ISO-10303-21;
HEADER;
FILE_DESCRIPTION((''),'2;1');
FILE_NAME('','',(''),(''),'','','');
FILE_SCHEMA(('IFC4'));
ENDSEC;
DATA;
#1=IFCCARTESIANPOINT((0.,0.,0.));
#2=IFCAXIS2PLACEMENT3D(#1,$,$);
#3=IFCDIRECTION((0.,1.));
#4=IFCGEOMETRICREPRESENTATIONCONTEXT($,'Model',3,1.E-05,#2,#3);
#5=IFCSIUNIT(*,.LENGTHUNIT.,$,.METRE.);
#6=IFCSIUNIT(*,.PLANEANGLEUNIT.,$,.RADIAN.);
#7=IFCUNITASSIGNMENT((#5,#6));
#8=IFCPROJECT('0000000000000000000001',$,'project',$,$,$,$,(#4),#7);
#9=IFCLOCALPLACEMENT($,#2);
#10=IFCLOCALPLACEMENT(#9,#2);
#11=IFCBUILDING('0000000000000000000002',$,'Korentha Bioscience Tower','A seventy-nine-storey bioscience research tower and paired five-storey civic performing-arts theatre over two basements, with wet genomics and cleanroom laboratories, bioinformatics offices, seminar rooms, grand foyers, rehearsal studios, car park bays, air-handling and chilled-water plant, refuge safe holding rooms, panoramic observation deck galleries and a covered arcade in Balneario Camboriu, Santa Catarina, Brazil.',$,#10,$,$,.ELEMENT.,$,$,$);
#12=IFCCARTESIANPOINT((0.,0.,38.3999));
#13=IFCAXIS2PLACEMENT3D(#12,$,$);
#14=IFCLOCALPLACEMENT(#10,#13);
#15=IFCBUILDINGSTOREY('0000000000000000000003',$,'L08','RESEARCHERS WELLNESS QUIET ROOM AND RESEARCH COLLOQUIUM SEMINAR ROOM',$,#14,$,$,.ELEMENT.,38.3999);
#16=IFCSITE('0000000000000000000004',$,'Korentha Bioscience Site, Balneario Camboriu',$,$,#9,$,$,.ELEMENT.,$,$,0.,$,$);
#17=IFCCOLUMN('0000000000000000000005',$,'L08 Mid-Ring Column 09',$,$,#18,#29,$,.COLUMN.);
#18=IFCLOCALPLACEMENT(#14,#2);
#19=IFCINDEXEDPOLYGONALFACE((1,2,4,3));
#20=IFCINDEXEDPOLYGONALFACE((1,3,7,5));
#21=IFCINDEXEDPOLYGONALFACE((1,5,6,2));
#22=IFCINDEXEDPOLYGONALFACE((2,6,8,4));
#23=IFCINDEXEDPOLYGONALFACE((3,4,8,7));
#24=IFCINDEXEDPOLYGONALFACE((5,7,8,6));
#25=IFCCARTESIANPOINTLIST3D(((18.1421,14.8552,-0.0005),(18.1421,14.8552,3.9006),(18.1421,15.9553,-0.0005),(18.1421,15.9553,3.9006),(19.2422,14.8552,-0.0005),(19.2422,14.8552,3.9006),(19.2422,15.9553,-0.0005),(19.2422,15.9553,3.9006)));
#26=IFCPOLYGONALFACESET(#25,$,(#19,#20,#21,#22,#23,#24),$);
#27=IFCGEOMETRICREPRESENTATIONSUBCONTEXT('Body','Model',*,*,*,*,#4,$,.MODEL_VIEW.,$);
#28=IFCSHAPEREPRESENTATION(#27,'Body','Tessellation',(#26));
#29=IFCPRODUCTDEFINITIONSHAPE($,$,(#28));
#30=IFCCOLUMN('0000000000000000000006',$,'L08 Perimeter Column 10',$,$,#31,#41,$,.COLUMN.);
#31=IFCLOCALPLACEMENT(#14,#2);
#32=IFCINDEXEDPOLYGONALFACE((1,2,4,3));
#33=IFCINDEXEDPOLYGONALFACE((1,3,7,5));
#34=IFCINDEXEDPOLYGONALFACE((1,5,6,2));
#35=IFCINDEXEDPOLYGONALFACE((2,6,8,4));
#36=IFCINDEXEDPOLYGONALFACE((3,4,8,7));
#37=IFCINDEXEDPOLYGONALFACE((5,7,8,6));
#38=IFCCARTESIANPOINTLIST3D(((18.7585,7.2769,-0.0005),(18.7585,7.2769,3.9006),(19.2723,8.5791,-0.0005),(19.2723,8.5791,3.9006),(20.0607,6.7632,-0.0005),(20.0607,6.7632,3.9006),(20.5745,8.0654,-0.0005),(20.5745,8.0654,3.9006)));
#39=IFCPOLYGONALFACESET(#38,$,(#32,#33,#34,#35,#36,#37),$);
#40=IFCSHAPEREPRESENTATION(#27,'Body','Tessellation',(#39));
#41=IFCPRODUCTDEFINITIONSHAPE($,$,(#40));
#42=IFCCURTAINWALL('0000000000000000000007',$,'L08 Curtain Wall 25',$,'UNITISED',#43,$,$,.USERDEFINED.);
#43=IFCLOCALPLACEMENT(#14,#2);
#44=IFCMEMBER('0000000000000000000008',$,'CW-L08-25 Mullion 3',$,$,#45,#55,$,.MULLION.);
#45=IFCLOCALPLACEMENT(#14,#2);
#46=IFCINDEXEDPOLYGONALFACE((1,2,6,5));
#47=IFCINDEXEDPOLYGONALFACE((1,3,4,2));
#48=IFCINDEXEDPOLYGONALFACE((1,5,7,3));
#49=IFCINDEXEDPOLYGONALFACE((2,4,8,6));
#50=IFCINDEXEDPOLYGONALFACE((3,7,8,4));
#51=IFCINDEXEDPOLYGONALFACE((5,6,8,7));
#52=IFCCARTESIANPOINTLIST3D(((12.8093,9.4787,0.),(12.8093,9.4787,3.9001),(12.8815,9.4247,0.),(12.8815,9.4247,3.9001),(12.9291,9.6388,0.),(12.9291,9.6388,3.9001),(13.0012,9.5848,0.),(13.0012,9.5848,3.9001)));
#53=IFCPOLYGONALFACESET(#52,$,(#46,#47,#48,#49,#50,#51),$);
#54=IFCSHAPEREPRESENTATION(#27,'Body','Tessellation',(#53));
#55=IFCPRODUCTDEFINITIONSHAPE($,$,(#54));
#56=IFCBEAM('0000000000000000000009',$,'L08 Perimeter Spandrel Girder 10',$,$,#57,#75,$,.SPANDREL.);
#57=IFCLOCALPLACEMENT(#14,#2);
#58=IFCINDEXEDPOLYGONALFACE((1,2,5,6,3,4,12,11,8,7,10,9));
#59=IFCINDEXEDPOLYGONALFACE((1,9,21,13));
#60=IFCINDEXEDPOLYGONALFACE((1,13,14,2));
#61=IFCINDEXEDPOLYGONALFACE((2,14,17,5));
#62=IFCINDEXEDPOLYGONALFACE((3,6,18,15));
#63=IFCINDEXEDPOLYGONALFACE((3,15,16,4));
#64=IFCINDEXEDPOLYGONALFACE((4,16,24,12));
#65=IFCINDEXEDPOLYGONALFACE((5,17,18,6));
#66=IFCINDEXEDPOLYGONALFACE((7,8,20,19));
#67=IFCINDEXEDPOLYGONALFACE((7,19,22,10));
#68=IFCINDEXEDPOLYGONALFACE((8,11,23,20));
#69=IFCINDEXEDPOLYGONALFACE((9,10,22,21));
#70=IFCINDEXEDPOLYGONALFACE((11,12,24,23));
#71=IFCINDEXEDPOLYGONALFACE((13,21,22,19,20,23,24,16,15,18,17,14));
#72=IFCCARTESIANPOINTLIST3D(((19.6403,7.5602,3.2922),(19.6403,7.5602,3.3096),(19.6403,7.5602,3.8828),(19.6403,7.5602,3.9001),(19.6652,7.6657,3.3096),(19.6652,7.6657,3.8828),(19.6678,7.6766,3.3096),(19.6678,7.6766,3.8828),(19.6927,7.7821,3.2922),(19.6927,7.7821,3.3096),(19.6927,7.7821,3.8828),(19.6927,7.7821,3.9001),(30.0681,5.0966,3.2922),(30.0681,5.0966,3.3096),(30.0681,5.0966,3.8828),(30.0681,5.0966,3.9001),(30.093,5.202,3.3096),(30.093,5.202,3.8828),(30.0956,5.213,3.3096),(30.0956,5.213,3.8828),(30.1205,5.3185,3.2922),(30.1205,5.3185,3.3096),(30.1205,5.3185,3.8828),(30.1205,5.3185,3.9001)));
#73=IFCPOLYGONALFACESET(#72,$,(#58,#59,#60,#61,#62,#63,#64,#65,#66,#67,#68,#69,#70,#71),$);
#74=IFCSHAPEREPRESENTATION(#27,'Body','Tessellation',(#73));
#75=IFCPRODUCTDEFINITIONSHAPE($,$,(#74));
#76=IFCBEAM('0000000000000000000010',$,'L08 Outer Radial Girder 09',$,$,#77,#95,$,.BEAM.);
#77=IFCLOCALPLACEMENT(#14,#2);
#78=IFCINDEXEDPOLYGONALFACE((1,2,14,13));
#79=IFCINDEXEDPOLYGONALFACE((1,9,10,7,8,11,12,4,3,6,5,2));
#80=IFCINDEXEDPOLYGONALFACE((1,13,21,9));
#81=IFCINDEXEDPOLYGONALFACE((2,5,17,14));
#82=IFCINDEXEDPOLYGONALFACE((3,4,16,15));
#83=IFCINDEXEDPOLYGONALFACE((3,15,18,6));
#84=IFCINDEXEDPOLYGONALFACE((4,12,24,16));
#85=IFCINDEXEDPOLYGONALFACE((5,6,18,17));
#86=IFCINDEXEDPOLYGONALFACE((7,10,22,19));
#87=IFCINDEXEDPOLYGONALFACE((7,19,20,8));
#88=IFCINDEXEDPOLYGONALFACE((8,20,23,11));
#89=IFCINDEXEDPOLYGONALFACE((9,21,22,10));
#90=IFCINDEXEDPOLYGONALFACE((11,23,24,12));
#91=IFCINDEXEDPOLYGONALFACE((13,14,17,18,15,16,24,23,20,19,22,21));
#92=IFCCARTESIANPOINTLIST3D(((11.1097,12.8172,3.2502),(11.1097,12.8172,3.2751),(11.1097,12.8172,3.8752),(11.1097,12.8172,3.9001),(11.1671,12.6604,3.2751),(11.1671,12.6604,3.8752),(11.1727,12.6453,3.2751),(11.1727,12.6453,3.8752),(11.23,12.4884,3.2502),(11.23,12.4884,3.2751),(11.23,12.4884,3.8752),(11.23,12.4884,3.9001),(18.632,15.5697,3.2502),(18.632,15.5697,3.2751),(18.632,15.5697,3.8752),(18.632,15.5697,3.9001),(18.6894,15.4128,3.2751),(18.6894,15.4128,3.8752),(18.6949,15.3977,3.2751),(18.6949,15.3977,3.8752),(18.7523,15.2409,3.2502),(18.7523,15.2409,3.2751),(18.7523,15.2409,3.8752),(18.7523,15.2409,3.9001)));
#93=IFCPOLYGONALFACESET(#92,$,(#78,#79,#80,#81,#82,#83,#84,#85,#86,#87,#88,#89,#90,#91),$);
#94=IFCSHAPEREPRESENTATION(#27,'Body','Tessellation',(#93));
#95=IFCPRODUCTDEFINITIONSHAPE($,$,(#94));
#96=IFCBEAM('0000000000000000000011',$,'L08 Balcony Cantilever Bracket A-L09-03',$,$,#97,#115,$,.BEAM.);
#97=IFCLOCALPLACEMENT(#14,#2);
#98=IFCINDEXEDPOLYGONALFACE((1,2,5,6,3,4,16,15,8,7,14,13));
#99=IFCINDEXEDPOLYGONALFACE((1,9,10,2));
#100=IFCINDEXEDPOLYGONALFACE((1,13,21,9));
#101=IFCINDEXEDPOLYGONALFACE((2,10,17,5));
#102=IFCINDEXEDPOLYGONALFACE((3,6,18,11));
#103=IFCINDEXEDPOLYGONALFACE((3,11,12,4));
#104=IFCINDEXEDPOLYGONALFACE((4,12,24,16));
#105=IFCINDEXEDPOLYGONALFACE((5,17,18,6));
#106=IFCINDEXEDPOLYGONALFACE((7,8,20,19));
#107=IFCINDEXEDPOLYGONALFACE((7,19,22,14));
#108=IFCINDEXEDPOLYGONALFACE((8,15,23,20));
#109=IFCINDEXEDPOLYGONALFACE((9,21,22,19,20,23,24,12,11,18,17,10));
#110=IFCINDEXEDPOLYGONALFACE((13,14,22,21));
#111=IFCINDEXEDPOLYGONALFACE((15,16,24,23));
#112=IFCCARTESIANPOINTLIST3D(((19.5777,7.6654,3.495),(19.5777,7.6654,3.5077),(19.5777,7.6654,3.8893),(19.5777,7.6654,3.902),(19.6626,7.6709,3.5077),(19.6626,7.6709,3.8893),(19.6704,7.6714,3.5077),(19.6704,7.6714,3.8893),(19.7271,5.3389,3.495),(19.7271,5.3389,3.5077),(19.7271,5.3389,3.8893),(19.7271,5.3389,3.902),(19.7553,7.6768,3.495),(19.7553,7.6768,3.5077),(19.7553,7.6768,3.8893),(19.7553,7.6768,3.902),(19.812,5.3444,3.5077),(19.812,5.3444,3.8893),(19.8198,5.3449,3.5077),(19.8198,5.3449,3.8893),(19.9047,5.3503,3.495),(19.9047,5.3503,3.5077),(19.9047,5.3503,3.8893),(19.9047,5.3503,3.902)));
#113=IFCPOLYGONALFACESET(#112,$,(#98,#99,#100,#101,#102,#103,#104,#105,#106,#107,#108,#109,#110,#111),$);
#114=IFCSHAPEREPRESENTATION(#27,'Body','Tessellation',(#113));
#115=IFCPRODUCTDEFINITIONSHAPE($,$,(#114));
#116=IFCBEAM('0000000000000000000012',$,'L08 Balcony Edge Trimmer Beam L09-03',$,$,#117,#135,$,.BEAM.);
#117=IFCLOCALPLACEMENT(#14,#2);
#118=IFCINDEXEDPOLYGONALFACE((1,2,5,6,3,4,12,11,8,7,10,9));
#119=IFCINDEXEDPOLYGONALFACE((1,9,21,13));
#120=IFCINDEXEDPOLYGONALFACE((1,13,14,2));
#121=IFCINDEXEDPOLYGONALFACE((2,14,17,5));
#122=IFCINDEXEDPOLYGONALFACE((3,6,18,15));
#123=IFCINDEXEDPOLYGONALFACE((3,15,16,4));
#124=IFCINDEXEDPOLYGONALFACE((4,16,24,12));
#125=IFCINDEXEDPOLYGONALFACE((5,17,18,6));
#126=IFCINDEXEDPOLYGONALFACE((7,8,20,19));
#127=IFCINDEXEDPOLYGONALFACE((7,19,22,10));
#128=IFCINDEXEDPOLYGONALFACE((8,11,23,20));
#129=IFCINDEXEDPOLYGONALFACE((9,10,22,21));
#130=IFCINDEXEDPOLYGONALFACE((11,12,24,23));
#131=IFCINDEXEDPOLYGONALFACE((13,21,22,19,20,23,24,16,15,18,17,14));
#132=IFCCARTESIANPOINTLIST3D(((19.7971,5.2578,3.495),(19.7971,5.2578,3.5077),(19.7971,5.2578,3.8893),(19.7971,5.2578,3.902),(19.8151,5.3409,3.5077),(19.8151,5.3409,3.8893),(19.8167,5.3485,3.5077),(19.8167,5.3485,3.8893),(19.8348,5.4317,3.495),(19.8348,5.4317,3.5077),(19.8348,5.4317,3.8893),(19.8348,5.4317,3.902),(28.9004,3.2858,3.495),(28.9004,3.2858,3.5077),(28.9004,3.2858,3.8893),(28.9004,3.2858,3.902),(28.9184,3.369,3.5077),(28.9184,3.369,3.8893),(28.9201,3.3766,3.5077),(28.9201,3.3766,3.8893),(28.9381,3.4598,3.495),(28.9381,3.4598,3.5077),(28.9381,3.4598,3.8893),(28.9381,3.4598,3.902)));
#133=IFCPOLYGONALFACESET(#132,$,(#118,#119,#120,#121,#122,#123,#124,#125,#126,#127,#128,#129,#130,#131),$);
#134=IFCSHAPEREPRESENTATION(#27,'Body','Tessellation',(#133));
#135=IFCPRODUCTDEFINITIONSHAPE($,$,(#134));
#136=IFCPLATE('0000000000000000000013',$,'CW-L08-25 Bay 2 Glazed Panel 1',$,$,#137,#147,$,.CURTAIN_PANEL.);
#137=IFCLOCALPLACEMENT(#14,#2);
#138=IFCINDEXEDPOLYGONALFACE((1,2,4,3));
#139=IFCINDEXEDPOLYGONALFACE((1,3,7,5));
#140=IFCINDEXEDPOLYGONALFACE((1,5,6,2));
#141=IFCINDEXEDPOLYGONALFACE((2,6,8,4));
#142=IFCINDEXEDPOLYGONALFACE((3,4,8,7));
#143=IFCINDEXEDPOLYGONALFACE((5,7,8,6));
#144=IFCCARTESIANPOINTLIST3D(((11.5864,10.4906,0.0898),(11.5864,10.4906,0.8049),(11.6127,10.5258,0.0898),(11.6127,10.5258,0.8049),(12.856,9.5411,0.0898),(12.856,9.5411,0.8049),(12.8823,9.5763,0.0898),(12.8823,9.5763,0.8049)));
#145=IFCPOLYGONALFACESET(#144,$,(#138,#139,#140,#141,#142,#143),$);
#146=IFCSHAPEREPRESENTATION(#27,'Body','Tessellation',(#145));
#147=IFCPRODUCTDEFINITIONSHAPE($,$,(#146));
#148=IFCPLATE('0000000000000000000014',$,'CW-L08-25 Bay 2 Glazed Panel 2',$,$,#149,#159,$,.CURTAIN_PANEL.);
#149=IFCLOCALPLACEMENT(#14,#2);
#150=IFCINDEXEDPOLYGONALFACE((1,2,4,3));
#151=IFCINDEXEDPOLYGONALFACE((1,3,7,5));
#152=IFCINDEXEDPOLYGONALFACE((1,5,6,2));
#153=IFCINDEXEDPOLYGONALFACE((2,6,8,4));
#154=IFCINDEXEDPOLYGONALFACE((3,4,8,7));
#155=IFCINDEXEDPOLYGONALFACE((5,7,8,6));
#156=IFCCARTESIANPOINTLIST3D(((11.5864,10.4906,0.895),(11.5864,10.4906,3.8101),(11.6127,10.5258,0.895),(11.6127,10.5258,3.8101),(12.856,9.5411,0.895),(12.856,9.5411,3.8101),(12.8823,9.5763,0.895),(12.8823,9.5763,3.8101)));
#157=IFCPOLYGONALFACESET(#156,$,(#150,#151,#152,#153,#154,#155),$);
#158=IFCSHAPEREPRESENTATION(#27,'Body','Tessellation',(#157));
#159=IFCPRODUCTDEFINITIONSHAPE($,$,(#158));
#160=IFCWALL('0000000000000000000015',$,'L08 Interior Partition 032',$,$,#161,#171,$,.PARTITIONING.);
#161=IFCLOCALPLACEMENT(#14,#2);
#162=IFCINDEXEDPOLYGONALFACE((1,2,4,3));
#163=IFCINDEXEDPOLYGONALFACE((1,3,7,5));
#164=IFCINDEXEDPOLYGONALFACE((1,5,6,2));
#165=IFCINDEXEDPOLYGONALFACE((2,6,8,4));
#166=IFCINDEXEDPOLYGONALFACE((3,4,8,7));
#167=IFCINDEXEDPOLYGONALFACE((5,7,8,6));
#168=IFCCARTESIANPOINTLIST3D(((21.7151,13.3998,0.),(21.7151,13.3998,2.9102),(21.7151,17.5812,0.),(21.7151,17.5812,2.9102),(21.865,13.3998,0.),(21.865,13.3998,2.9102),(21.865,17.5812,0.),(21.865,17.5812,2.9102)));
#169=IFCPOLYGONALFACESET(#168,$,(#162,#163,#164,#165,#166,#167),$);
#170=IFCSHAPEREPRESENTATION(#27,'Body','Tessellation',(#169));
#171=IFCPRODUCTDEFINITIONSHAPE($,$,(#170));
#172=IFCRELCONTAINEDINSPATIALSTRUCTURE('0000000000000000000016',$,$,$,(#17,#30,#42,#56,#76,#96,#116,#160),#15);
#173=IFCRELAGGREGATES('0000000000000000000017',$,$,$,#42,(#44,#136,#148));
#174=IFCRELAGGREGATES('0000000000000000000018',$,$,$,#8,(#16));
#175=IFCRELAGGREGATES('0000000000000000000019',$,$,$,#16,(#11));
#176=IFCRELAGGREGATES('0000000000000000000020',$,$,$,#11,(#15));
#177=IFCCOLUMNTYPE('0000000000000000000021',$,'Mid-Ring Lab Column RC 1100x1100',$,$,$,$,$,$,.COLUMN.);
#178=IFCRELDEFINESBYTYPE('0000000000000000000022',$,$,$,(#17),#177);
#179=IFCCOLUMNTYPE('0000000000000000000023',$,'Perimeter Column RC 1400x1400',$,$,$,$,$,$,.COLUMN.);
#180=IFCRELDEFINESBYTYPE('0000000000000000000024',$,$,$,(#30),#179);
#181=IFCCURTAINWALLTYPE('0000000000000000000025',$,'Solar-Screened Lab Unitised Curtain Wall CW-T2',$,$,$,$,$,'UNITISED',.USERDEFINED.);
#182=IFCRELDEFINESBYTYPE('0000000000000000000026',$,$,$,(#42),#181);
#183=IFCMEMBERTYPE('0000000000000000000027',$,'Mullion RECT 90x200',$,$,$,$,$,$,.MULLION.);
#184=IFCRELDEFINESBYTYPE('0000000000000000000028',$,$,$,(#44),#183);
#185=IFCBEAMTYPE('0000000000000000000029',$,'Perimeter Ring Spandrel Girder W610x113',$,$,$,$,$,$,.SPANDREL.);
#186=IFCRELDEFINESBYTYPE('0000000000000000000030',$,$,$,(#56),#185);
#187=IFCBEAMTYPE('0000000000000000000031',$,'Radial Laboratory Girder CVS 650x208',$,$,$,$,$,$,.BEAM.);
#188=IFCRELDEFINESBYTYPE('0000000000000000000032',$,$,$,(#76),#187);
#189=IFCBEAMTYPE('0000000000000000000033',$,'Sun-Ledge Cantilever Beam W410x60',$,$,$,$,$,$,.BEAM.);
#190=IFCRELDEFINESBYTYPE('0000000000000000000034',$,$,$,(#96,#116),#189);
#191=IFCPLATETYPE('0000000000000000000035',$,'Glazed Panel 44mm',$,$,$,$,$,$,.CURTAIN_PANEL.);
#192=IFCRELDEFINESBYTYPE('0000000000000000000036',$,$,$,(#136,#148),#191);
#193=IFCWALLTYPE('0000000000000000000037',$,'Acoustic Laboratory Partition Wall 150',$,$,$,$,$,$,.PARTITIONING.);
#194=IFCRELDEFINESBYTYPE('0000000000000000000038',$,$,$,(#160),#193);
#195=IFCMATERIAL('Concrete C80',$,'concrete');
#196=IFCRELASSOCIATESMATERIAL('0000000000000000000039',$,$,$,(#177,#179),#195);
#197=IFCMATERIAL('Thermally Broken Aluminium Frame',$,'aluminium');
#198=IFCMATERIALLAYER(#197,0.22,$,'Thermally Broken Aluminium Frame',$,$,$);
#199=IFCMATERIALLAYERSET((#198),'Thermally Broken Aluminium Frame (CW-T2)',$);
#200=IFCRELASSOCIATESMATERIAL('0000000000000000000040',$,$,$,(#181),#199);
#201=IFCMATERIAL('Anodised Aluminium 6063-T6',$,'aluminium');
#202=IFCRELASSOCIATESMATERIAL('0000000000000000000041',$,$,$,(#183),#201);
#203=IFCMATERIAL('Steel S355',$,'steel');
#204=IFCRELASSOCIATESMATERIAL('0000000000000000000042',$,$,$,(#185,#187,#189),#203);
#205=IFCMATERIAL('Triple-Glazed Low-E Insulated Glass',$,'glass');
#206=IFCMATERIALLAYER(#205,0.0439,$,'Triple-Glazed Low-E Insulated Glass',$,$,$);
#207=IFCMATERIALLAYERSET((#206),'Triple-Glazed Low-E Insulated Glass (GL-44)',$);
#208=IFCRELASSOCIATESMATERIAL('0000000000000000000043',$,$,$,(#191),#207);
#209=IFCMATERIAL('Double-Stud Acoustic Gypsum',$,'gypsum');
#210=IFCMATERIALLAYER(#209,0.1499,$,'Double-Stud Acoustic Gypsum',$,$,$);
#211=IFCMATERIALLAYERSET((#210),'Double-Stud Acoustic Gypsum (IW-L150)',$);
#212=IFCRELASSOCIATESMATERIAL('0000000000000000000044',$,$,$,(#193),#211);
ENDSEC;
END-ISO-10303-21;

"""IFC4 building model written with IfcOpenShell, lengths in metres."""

from ifc_helpers import new_model, si_unit, direction, frame, frame_2d, origin, origin_2d, place, context, subcontext, project, spatial, rectangle, i_section, extrude, material, layer, layer_set, material_profile, profile_set, type_object, element, aggregate, save


model = new_model("IFC4")

# Units and contexts
model_context = context("Model", 3, precision=1e-05, world=origin(), true_north=direction((0.0, 1.0)))
body_context = subcontext(model_context, "Body", "Model", "MODEL_VIEW")
ifc_project = project(units=[si_unit("LENGTHUNIT", "METRE"), si_unit("PLANEANGLEUNIT", "RADIAN")], contexts=[model_context])

# Site, building, storey
site_placement = place(None, origin())
site = spatial("IfcSite", under=ifc_project, at=site_placement, Name="Korentha Bioscience Site, Balneario Camboriu", CompositionType="ELEMENT", RefElevation=0.0)
building_placement = place(site_placement, origin())
building = spatial("IfcBuilding", under=site, at=building_placement, Name="Korentha Bioscience Tower", Description="A seventy-nine-storey bioscience research tower and paired five-storey civic performing-arts theatre over two basements, with wet genomics and cleanroom laboratories, bioinformatics offices, seminar rooms, grand foyers, rehearsal studios, car park bays, air-handling and chilled-water plant, refuge safe holding rooms, panoramic observation deck galleries and a covered arcade in Balneario Camboriu, Santa Catarina, Brazil.", CompositionType="ELEMENT")
storey_placement = place(building_placement, frame((0.0, 0.0, 38.3999)))
storey = spatial("IfcBuildingStorey", under=building, at=storey_placement, Name="L08", Description="RESEARCHERS WELLNESS QUIET ROOM AND RESEARCH COLLOQUIUM SEMINAR ROOM", CompositionType="ELEMENT", Elevation=38.3999)

# Columns
ifc_material_1 = material(Name="Concrete C80", Category="concrete")
ifc_material_profile_1 = material_profile(ifc_material_1, rectangle(XDim=1.1001, YDim=1.1001, at=origin_2d()), Name="Concrete C80")
ifc_profile_set_1 = profile_set([ifc_material_profile_1], Name="Concrete C80 (COL-MR11)")
column_type_1 = type_object("IfcColumnType", Name="Mid-Ring Lab Column RC 1100x1100", PredefinedType="COLUMN", material=ifc_profile_set_1)
column_1_placement = place(storey_placement, frame((18.6921, 15.4053, -0.0005), z_axis=(0.0, 0.0, 1.0), x_axis=(1.0, 0.0, 0.0)))
element("IfcColumn", 1, at=column_1_placement, inside=storey, type_object=column_type_1, Name="L08 Mid-Ring Column 09", PredefinedType="COLUMN", context=body_context, shape_type="SweptSolid", body=[
    extrude(rectangle(XDim=1.1001, YDim=1.1001, at=origin_2d()), origin(), (0.0, 0.0, 1.0), 3.9011),
])
ifc_material_profile_2 = material_profile(ifc_material_1, rectangle(XDim=1.3999, YDim=1.3999, at=origin_2d()), Name="Concrete C80")
ifc_profile_set_2 = profile_set([ifc_material_profile_2], Name="Concrete C80 (COL-P14)")
column_type_2 = type_object("IfcColumnType", Name="Perimeter Column RC 1400x1400", PredefinedType="COLUMN", material=ifc_profile_set_2)
column_2_placement = place(storey_placement, frame((19.6665, 7.6711, -0.0005), z_axis=(0.0, 0.0, 1.0), x_axis=(-0.930226, 0.366988, 0.0)))
element("IfcColumn", 2, at=column_2_placement, inside=storey, type_object=column_type_2, Name="L08 Perimeter Column 10", PredefinedType="COLUMN", context=body_context, shape_type="SweptSolid", body=[
    extrude(rectangle(XDim=1.3999, YDim=1.3999, at=origin_2d()), origin(), (0.0, 0.0, 1.0), 3.9011),
])

# Curtain wall, member
ifc_material_2 = material(Name="Thermally Broken Aluminium Frame", Category="aluminium")
ifc_layer_1 = layer(ifc_material_2, 0.22, Name="Thermally Broken Aluminium Frame")
ifc_layer_set_1 = layer_set([ifc_layer_1], Name="Thermally Broken Aluminium Frame (CW-T2)")
curtain_wall_type = type_object("IfcCurtainWallType", Name="Solar-Screened Lab Unitised Curtain Wall CW-T2", ElementType="UNITISED", PredefinedType="USERDEFINED", material=ifc_layer_set_1)
curtain_wall_placement = place(storey_placement, origin())
curtain_wall = element("IfcCurtainWall", 3, at=curtain_wall_placement, inside=storey, type_object=curtain_wall_type, Name="L08 Curtain Wall 25", ObjectType="UNITISED", PredefinedType="USERDEFINED")
ifc_material_3 = material(Name="Anodised Aluminium 6063-T6", Category="aluminium")
ifc_material_profile_3 = material_profile(ifc_material_3, rectangle(XDim=0.0901, YDim=0.2, at=origin_2d()), Name="Anodised Aluminium 6063-T6")
ifc_profile_set_3 = profile_set([ifc_material_profile_3], Name="Anodised Aluminium 6063-T6 (CW-MUL)")
member_type = type_object("IfcMemberType", Name="Mullion RECT 90x200", PredefinedType="MULLION", material=ifc_profile_set_3)
member_placement = place(storey_placement, frame((12.9053, 9.5317, 0.0), z_axis=(0.0, 0.0, 1.0), x_axis=(0.800798, -0.598935, 0.0)))
member = element("IfcMember", 4, at=member_placement, type_object=member_type, Name="CW-L08-25 Mullion 3", PredefinedType="MULLION", context=body_context, shape_type="SweptSolid", body=[
    extrude(rectangle(XDim=0.0901, YDim=0.2, at=origin_2d()), origin(), (0.0, 0.0, 1.0), 3.9001),
])

# Beams
ifc_material_4 = material(Name="Steel S355", Category="steel")
ifc_material_profile_4 = material_profile(ifc_material_4, i_section(OverallWidth=0.228, OverallDepth=0.6079, WebThickness=0.0112, FlangeThickness=0.0173, at=origin_2d()), Name="Steel S355")
ifc_profile_set_4 = profile_set([ifc_material_profile_4], Name="Steel S355 (SB-610)")
beam_type_1 = type_object("IfcBeamType", Name="Perimeter Ring Spandrel Girder W610x113", PredefinedType="SPANDREL", material=ifc_profile_set_4)
beam_1_placement = place(storey_placement, frame((19.6665, 7.6711, 3.5962), z_axis=(0.973208, -0.229927, 0.0), x_axis=(0.229927, 0.973208, 0.0)))
element("IfcBeam", 5, at=beam_1_placement, inside=storey, type_object=beam_type_1, Name="L08 Perimeter Spandrel Girder 10", PredefinedType="SPANDREL", context=body_context, shape_type="SweptSolid", body=[
    extrude(i_section(OverallWidth=0.228, OverallDepth=0.6079, WebThickness=0.0112, FlangeThickness=0.0173, at=origin_2d()), origin(), (0.0, 0.0, 1.0), 10.7148),
])
ifc_material_profile_5 = material_profile(ifc_material_4, i_section(OverallWidth=0.3501, OverallDepth=0.6499, WebThickness=0.0161, FlangeThickness=0.0249, at=origin_2d()), Name="Steel S355")
ifc_profile_set_5 = profile_set([ifc_material_profile_5], Name="Steel S355 (RB-650)")
beam_type_2 = type_object("IfcBeamType", Name="Radial Laboratory Girder CVS 650x208", PredefinedType="BEAM", material=ifc_profile_set_5)
beam_2_placement = place(storey_placement, frame((18.6921, 15.4053, 3.5752), z_axis=(-0.939106, -0.343627, 0.0), x_axis=(0.343627, -0.939106, 0.0)))
element("IfcBeam", 6, at=beam_2_placement, inside=storey, type_object=beam_type_2, Name="L08 Outer Radial Girder 09", PredefinedType="BEAM", context=body_context, shape_type="SweptSolid", body=[
    extrude(i_section(OverallWidth=0.3501, OverallDepth=0.6499, WebThickness=0.0161, FlangeThickness=0.0249, at=origin_2d()), origin(), (0.0, 0.0, 1.0), 8.01),
])
ifc_material_profile_6 = material_profile(ifc_material_4, i_section(OverallWidth=0.178, OverallDepth=0.407, WebThickness=0.0078, FlangeThickness=0.0127, at=origin_2d()), Name="Steel S355")
ifc_profile_set_6 = profile_set([ifc_material_profile_6], Name="Steel S355 (CB-410)")
beam_type_3 = type_object("IfcBeamType", Name="Sun-Ledge Cantilever Beam W410x60", PredefinedType="BEAM", material=ifc_profile_set_6)
beam_3_placement = place(storey_placement, frame((19.6665, 7.6711, 3.6985), z_axis=(0.064093, -0.997944, 0.0), x_axis=(0.997944, 0.064093, 0.0)))
element("IfcBeam", 7, at=beam_3_placement, inside=storey, type_object=beam_type_3, Name="L08 Balcony Cantilever Bracket A-L09-03", PredefinedType="BEAM", context=body_context, shape_type="SweptSolid", body=[
    extrude(i_section(OverallWidth=0.178, OverallDepth=0.407, WebThickness=0.0078, FlangeThickness=0.0127, at=origin_2d()), origin(), (0.0, 0.0, 1.0), 2.3313),
])
beam_4_placement = place(storey_placement, frame((19.8159, 5.3447, 3.6985), z_axis=(0.977333, -0.211707, 0.0), x_axis=(0.211707, 0.977333, 0.0)))
element("IfcBeam", 8, at=beam_4_placement, inside=storey, type_object=beam_type_3, Name="L08 Balcony Edge Trimmer Beam L09-03", PredefinedType="BEAM", context=body_context, shape_type="SweptSolid", body=[
    extrude(i_section(OverallWidth=0.178, OverallDepth=0.407, WebThickness=0.0078, FlangeThickness=0.0127, at=origin_2d()), origin(), (0.0, 0.0, 1.0), 9.3145),
])

# Plates
ifc_material_5 = material(Name="Triple-Glazed Low-E Insulated Glass", Category="glass")
ifc_layer_2 = layer(ifc_material_5, 0.0439, Name="Triple-Glazed Low-E Insulated Glass")
ifc_layer_set_2 = layer_set([ifc_layer_2], Name="Triple-Glazed Low-E Insulated Glass (GL-44)")
plate_type = type_object("IfcPlateType", Name="Glazed Panel 44mm", PredefinedType="CURTAIN_PANEL", material=ifc_layer_set_2)
plate_1_placement = place(storey_placement, frame((12.2344, 10.0334, 0.0898), z_axis=(0.0, 0.0, 1.0), x_axis=(0.800798, -0.598935, 0.0)))
plate_1 = element("IfcPlate", 9, at=plate_1_placement, type_object=plate_type, Name="CW-L08-25 Bay 2 Glazed Panel 1", PredefinedType="CURTAIN_PANEL", context=body_context, shape_type="SweptSolid", body=[
    extrude(rectangle(XDim=1.5854, YDim=0.0439, at=origin_2d()), origin(), (0.0, 0.0, 1.0), 0.7151),
])
plate_2_placement = place(storey_placement, frame((12.2344, 10.0334, 0.895), z_axis=(0.0, 0.0, 1.0), x_axis=(0.800798, -0.598935, 0.0)))
plate_2 = element("IfcPlate", 10, at=plate_2_placement, type_object=plate_type, Name="CW-L08-25 Bay 2 Glazed Panel 2", PredefinedType="CURTAIN_PANEL", context=body_context, shape_type="SweptSolid", body=[
    extrude(rectangle(XDim=1.5854, YDim=0.0439, at=origin_2d()), origin(), (0.0, 0.0, 1.0), 2.915),
])
aggregate(curtain_wall, [member, plate_1, plate_2])

# Wall
ifc_material_6 = material(Name="Double-Stud Acoustic Gypsum", Category="gypsum")
ifc_layer_3 = layer(ifc_material_6, 0.1499, Name="Double-Stud Acoustic Gypsum")
ifc_layer_set_3 = layer_set([ifc_layer_3], Name="Double-Stud Acoustic Gypsum (IW-L150)")
wall_type_1 = type_object("IfcWallType", Name="Acoustic Laboratory Partition Wall 150", PredefinedType="PARTITIONING", material=ifc_layer_set_3)
wall_1_placement = place(storey_placement, frame((21.79, 17.5813, 0.0), z_axis=(0.0, 0.0, 1.0), x_axis=(0.0, -1.0, 0.0)))
element("IfcWall", 11, at=wall_1_placement, inside=storey, type_object=wall_type_1, Name="L08 Interior Partition 032", PredefinedType="PARTITIONING", context=body_context, shape_type="SweptSolid", body=[
    extrude(rectangle(XDim=4.1814, YDim=0.1499, at=frame_2d((2.0908, 0.0))), origin(), (0.0, 0.0, 1.0), 2.9102),
])

save(model, "model.ifc")
